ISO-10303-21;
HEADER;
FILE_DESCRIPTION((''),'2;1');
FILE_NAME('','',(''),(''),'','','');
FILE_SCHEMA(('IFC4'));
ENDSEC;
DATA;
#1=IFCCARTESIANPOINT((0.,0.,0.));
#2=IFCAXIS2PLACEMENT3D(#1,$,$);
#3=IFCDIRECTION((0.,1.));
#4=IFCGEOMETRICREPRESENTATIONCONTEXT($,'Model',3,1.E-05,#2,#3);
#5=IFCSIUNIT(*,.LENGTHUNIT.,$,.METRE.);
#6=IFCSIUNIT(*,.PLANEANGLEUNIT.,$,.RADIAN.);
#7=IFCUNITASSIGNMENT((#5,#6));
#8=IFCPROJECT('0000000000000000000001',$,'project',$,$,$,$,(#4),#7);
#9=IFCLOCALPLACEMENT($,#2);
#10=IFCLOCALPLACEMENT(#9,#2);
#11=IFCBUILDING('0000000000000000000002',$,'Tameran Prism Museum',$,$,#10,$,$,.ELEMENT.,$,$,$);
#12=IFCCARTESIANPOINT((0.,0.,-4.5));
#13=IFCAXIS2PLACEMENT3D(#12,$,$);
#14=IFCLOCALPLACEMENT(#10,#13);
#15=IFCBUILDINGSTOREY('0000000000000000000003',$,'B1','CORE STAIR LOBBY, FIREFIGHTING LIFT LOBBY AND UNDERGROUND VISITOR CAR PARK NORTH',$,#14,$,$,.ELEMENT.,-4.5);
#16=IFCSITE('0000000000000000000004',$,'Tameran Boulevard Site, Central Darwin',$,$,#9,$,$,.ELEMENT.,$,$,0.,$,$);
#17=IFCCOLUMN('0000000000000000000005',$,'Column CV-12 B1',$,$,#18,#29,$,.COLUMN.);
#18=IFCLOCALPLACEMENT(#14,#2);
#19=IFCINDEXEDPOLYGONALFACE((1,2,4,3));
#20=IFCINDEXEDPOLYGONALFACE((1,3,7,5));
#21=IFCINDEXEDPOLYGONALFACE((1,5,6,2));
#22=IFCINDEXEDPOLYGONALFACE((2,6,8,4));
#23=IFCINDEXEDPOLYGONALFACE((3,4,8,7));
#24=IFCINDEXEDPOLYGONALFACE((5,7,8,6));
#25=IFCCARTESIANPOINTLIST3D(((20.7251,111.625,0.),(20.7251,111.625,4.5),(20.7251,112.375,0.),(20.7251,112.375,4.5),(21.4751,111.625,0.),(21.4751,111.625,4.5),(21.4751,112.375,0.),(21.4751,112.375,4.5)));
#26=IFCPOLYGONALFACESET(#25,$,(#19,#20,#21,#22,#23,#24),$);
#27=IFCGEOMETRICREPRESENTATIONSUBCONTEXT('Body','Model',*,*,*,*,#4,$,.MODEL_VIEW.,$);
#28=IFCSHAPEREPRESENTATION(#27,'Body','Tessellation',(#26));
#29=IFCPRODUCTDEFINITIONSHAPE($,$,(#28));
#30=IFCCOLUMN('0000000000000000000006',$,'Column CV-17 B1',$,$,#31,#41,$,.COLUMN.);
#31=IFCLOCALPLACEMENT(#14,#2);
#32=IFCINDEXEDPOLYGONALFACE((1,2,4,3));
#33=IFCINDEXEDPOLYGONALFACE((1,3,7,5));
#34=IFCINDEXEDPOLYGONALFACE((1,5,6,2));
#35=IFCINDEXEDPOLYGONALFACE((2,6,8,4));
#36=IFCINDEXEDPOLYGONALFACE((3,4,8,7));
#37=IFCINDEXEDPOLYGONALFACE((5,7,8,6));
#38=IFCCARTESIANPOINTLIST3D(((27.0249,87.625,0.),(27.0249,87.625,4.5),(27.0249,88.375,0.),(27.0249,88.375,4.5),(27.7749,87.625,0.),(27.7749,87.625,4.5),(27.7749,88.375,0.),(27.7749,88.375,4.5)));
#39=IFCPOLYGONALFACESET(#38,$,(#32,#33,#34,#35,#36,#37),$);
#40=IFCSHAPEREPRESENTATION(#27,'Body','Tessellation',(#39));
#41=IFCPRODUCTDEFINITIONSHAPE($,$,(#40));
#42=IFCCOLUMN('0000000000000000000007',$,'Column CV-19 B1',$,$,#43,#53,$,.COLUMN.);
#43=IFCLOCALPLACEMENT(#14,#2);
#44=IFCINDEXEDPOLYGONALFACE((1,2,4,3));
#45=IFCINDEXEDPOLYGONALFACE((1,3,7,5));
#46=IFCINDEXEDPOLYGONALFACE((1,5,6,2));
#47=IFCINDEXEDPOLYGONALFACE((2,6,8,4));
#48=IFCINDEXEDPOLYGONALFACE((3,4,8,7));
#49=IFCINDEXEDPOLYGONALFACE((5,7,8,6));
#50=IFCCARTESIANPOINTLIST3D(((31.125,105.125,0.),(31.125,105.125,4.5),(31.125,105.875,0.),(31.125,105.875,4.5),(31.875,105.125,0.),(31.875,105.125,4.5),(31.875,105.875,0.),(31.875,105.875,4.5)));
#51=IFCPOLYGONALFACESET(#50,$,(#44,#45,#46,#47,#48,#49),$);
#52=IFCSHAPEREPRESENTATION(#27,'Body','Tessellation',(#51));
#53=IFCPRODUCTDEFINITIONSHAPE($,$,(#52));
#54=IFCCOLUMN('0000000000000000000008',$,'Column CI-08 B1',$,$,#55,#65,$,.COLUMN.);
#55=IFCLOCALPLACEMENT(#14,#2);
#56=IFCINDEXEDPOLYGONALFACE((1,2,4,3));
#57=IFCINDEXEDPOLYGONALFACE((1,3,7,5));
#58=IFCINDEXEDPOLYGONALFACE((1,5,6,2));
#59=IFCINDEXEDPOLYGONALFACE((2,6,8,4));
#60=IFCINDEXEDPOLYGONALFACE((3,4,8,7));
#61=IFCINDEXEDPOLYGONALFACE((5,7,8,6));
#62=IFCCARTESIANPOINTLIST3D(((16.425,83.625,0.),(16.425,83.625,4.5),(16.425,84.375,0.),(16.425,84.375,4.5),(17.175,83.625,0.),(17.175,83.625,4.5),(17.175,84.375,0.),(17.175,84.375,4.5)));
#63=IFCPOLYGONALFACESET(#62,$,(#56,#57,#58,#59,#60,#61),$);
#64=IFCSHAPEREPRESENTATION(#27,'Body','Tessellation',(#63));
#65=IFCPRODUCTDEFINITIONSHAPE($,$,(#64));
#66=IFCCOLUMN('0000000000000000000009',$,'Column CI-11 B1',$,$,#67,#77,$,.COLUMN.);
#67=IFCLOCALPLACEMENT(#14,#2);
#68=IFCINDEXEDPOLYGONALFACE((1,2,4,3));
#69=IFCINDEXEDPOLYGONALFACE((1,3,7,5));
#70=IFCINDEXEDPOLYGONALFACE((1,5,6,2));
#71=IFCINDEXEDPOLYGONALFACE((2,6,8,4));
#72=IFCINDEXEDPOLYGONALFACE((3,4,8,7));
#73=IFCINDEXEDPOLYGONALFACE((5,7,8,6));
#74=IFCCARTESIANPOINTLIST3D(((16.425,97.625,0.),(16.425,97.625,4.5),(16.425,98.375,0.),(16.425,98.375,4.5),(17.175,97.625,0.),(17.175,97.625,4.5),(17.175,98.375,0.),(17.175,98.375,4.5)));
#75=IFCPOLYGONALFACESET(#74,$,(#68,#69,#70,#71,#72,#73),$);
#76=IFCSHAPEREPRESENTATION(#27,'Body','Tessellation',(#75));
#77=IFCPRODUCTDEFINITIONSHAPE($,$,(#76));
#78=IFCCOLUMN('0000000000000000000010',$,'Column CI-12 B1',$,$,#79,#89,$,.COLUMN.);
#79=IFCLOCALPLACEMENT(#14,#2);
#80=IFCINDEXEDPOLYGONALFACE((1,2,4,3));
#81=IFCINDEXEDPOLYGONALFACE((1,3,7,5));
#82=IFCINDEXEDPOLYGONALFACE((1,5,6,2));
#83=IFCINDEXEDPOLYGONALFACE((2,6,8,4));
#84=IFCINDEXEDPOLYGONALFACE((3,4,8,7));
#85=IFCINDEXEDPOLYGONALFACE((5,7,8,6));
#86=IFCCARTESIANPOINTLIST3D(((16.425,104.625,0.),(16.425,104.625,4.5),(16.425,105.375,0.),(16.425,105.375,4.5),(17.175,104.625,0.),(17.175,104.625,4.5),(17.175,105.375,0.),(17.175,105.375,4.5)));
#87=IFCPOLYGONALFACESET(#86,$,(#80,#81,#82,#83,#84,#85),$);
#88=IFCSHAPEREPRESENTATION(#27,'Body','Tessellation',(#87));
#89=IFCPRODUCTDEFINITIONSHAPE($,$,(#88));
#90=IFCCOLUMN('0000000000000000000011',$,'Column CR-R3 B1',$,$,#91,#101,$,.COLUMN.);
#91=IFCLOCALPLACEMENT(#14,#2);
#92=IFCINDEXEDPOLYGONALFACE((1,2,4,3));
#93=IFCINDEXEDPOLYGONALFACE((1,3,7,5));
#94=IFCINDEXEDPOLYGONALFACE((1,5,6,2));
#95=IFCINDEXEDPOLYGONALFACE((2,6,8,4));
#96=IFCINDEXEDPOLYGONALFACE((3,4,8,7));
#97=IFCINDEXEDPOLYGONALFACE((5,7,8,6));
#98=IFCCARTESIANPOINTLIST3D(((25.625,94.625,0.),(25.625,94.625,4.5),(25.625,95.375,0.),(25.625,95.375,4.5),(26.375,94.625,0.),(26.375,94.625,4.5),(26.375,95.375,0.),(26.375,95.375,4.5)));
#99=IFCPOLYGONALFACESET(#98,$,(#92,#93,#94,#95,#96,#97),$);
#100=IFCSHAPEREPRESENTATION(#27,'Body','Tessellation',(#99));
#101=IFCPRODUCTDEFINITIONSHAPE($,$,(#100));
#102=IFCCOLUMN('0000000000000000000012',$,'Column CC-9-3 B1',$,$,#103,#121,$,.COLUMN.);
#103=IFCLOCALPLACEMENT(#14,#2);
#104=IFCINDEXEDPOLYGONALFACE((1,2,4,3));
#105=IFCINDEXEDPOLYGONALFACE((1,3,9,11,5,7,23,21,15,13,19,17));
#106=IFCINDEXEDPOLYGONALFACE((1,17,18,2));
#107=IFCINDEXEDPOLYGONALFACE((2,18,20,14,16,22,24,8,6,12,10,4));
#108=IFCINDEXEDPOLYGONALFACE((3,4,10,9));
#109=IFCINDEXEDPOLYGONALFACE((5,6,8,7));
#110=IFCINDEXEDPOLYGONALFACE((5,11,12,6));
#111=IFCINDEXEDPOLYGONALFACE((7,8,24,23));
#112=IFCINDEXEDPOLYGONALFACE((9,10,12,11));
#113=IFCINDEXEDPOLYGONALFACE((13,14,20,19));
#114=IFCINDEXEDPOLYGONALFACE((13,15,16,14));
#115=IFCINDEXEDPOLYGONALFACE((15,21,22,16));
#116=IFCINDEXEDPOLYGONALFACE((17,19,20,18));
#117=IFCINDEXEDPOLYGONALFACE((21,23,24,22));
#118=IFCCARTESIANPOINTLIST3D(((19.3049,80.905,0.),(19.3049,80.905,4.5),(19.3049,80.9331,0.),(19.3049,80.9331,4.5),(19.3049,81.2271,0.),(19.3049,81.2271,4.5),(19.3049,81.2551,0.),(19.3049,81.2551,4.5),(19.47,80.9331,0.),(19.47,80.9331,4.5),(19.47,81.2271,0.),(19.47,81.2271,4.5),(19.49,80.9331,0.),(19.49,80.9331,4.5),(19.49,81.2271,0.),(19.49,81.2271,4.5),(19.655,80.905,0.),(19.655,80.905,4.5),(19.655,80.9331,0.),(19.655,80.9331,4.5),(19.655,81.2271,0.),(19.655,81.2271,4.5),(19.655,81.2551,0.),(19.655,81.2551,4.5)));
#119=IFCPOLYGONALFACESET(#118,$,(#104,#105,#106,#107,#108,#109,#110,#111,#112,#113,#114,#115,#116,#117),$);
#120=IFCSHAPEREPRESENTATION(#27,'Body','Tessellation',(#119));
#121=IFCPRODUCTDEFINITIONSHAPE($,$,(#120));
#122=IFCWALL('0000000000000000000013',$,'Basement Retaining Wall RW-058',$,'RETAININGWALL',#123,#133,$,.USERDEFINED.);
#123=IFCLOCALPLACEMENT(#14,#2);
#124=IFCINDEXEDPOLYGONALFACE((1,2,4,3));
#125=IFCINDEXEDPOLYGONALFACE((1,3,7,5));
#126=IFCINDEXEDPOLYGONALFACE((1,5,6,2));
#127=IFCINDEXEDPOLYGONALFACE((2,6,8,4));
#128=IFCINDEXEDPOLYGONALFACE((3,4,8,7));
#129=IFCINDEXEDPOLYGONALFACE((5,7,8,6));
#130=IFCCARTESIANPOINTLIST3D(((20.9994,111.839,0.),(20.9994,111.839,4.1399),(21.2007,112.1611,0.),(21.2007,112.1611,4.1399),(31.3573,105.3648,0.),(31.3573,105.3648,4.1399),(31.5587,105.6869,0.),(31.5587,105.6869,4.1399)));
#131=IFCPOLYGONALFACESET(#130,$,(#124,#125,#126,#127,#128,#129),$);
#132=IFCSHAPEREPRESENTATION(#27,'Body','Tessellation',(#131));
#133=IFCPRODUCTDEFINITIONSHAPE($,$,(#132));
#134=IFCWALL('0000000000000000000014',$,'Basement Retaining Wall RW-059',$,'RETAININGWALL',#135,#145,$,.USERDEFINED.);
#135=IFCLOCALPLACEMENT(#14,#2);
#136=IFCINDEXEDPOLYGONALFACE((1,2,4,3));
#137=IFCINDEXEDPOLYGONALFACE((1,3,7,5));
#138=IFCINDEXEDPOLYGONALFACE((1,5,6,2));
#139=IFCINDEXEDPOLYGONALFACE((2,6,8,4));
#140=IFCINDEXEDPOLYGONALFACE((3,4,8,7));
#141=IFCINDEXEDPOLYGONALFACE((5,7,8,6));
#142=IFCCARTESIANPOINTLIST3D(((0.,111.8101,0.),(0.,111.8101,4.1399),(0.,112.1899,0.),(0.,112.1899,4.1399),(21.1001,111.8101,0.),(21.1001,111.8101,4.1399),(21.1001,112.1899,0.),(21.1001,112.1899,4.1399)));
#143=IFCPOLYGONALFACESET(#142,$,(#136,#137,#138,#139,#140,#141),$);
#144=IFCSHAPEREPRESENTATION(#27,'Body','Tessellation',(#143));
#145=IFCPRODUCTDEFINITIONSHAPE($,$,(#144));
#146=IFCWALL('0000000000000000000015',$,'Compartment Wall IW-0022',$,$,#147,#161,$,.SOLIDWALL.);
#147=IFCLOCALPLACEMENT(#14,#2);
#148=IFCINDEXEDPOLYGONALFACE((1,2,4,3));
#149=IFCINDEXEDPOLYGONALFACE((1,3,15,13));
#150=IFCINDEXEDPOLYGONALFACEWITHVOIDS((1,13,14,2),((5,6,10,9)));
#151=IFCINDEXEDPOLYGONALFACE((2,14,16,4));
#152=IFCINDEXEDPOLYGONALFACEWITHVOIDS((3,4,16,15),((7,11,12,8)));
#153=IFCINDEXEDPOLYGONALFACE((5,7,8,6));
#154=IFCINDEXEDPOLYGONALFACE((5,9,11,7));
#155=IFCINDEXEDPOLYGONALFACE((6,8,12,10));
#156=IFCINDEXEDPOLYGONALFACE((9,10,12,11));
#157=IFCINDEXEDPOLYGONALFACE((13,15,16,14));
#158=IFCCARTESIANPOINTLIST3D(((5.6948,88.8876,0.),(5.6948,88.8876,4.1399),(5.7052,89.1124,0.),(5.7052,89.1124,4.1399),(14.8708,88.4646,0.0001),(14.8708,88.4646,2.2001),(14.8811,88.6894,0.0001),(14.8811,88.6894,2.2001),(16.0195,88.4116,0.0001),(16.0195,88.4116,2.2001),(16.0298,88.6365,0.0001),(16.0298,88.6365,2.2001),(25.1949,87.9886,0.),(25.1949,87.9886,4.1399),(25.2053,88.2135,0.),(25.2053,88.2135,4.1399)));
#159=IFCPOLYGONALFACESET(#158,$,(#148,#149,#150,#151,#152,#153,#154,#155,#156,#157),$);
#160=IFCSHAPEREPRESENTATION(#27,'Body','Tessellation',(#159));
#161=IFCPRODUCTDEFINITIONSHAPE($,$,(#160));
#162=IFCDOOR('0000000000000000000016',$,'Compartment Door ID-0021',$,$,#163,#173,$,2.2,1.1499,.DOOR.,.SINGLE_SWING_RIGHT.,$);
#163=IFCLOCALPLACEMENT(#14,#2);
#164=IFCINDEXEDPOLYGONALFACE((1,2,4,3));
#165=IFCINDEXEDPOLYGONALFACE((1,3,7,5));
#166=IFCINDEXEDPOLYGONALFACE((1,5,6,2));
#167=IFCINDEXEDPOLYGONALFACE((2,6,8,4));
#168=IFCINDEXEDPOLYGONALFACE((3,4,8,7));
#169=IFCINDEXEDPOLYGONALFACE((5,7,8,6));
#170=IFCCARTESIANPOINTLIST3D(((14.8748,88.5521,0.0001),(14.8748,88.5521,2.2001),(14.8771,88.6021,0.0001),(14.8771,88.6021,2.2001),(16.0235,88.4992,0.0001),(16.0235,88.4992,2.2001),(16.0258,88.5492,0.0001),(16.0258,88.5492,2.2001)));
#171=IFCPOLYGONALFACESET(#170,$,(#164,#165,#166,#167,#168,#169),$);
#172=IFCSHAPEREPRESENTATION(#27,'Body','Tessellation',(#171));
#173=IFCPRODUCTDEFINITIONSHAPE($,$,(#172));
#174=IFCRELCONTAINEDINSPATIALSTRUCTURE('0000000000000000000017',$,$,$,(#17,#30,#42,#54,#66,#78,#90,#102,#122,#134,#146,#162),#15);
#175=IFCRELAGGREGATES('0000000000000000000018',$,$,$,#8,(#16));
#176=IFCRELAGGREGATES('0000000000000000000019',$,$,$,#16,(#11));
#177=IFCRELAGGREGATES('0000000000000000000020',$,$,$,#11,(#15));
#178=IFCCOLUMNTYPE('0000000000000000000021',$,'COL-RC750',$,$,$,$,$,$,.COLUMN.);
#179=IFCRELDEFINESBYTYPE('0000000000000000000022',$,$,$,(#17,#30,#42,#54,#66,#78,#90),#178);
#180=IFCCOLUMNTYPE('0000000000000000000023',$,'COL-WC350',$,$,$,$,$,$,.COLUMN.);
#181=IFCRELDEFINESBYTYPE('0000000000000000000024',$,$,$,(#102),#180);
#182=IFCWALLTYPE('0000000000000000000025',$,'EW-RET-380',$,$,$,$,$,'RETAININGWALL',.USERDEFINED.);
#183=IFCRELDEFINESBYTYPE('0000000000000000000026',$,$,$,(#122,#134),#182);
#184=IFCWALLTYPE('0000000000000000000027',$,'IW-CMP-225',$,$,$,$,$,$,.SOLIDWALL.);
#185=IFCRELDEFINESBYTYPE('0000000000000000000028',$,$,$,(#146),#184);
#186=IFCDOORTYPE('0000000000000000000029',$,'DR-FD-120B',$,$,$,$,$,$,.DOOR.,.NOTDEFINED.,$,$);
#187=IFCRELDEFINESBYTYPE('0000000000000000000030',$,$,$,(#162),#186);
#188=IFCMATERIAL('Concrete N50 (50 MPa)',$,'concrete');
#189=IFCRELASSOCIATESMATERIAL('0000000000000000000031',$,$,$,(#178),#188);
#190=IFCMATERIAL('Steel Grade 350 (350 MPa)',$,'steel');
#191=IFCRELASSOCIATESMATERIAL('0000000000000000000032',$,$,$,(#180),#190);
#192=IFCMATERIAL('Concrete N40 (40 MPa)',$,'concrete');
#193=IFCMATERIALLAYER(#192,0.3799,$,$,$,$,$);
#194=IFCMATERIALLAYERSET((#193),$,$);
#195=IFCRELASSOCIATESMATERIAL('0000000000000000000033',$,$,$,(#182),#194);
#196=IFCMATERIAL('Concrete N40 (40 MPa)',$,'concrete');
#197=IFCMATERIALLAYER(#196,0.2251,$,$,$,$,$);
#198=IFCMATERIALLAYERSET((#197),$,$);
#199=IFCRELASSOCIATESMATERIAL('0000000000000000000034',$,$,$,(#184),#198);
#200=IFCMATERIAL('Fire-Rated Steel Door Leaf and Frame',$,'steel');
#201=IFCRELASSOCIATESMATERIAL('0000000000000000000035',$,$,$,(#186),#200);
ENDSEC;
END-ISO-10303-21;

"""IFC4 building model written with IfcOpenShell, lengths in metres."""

from ifc_helpers import new_model, si_unit, direction, frame, frame_2d, origin, origin_2d, place, context, subcontext, project, spatial, rectangle, i_section, extrude, material, layer, layer_set, material_profile, profile_set, type_object, element, fill, save


model = new_model("IFC4")

# Units and contexts
model_context = context("Model", 3, precision=1e-05, world=origin(), true_north=direction((0.0, 1.0)))
body_context = subcontext(model_context, "Body", "Model", "MODEL_VIEW")
ifc_project = project(units=[si_unit("LENGTHUNIT", "METRE"), si_unit("PLANEANGLEUNIT", "RADIAN")], contexts=[model_context])

# Site, building, storey
site_placement = place(None, origin())
site = spatial("IfcSite", under=ifc_project, at=site_placement, Name="Tameran Boulevard Site, Central Darwin", CompositionType="ELEMENT", RefElevation=0.0)
building_placement = place(site_placement, origin())
building = spatial("IfcBuilding", under=site, at=building_placement, Name="Tameran Prism Museum", CompositionType="ELEMENT")
storey_placement = place(building_placement, frame((0.0, 0.0, -4.5)))
storey = spatial("IfcBuildingStorey", under=building, at=storey_placement, Name="B1", Description="CORE STAIR LOBBY, FIREFIGHTING LIFT LOBBY AND UNDERGROUND VISITOR CAR PARK NORTH", CompositionType="ELEMENT", Elevation=-4.5)

# Columns
ifc_material_1 = material(Name="Concrete N50 (50 MPa)", Category="concrete")
ifc_material_profile_1 = material_profile(ifc_material_1, rectangle(XDim=0.75, YDim=0.75, at=origin_2d()))
ifc_profile_set_1 = profile_set([ifc_material_profile_1])
column_type_1 = type_object("IfcColumnType", Name="COL-RC750", PredefinedType="COLUMN", material=ifc_profile_set_1)
for number, where, z_axis, x_axis, name in (
    (1, (21.1001, 112.0, 0.0), (0.0, 0.0, 1.0), (1.0, 0.0, 0.0), "Column CV-12 B1"),
    (2, (27.3999, 88.0, 0.0), (0.0, 0.0, 1.0), (1.0, 0.0, 0.0), "Column CV-17 B1"),
    (3, (31.5, 105.5, 0.0), (0.0, 0.0, 1.0), (1.0, 0.0, 0.0), "Column CV-19 B1"),
    (4, (16.8, 84.0, 0.0), (0.0, 0.0, 1.0), (1.0, 0.0, 0.0), "Column CI-08 B1"),
    (5, (16.8, 98.0, 0.0), (0.0, 0.0, 1.0), (1.0, 0.0, 0.0), "Column CI-11 B1"),
    (6, (16.8, 105.0, 0.0), (0.0, 0.0, 1.0), (1.0, 0.0, 0.0), "Column CI-12 B1"),
    (7, (26.0, 95.0, 0.0), (0.0, 0.0, 1.0), (1.0, 0.0, 0.0), "Column CR-R3 B1"),
):
    element("IfcColumn", number, at=place(storey_placement, frame(where, z_axis=z_axis, x_axis=x_axis)), inside=storey, type_object=column_type_1, Name=name, PredefinedType="COLUMN", context=body_context, shape_type="SweptSolid", body=[
        extrude(rectangle(XDim=0.75, YDim=0.75, at=origin_2d()), origin(), (0.0, 0.0, 1.0), 4.5),
    ])
ifc_material_2 = material(Name="Steel Grade 350 (350 MPa)", Category="steel")
ifc_material_profile_2 = material_profile(ifc_material_2, i_section(OverallWidth=0.3501, OverallDepth=0.3501, WebThickness=0.02, FlangeThickness=0.0281, at=origin_2d()))
ifc_profile_set_2 = profile_set([ifc_material_profile_2])
column_type_2 = type_object("IfcColumnType", Name="COL-WC350", PredefinedType="COLUMN", material=ifc_profile_set_2)
column_placement = place(storey_placement, frame((19.48, 81.0801, 0.0), z_axis=(0.0, 0.0, 1.0), x_axis=(1.0, 0.0, 0.0)))
element("IfcColumn", 8, at=column_placement, inside=storey, type_object=column_type_2, Name="Column CC-9-3 B1", PredefinedType="COLUMN", context=body_context, shape_type="SweptSolid", body=[
    extrude(i_section(OverallWidth=0.3501, OverallDepth=0.3501, WebThickness=0.02, FlangeThickness=0.0281, at=origin_2d()), origin(), (0.0, 0.0, 1.0), 4.5),
])

# Walls
ifc_material_3 = material(Name="Concrete N40 (40 MPa)", Category="concrete")
ifc_layer_1 = layer(ifc_material_3, 0.3799)
ifc_layer_set_1 = layer_set([ifc_layer_1])
wall_type_1 = type_object("IfcWallType", Name="EW-RET-380", ElementType="RETAININGWALL", PredefinedType="USERDEFINED", material=ifc_layer_set_1)
wall_1_placement = place(storey_placement, frame((31.458, 105.5259, 0.0), z_axis=(0.0, 0.0, 1.0), x_axis=(-0.847983, 0.530024, 0.0)))
element("IfcWall", 9, at=wall_1_placement, inside=storey, type_object=wall_type_1, Name="Basement Retaining Wall RW-058", ObjectType="RETAININGWALL", PredefinedType="USERDEFINED", context=body_context, shape_type="SweptSolid", body=[
    extrude(rectangle(XDim=12.2148, YDim=0.3799, at=frame_2d((6.1074, 0.0))), origin(), (0.0, 0.0, 1.0), 4.1399),
])
wall_2_placement = place(storey_placement, frame((21.1001, 112.0, 0.0), z_axis=(0.0, 0.0, 1.0), x_axis=(-1.0, 0.0, 0.0)))
element("IfcWall", 10, at=wall_2_placement, inside=storey, type_object=wall_type_1, Name="Basement Retaining Wall RW-059", ObjectType="RETAININGWALL", PredefinedType="USERDEFINED", context=body_context, shape_type="SweptSolid", body=[
    extrude(rectangle(XDim=21.1001, YDim=0.3799, at=frame_2d((10.55, 0.0))), origin(), (0.0, 0.0, 1.0), 4.1399),
])

# Wall, opening, door
ifc_material_4 = material(Name="Concrete N40 (40 MPa)", Category="concrete")
ifc_layer_2 = layer(ifc_material_4, 0.2251)
ifc_layer_set_2 = layer_set([ifc_layer_2])
wall_type_2 = type_object("IfcWallType", Name="IW-CMP-225", PredefinedType="SOLIDWALL", material=ifc_layer_set_2)
wall_3_placement = place(storey_placement, frame((25.2, 88.1011, 0.0), z_axis=(0.0, 0.0, 1.0), x_axis=(-0.998939, 0.04605, 0.0)))
wall_3 = element("IfcWall", 11, at=wall_3_placement, inside=storey, type_object=wall_type_2, Name="Compartment Wall IW-0022", PredefinedType="SOLIDWALL", context=body_context, shape_type="SweptSolid", body=[
    extrude(rectangle(XDim=19.5208, YDim=0.2251, at=frame_2d((9.7603, 0.0))), origin(), (0.0, 0.0, 1.0), 4.1399),
])
opening_1_placement = place(wall_3_placement, frame((9.1851, 0.0, 0.0)))
opening_1 = element("IfcOpeningElement", 12, at=opening_1_placement, cuts=wall_3, PredefinedType="OPENING", context=body_context, shape_type="SweptSolid", body=[
    extrude(rectangle(XDim=1.1499, YDim=2.2, at=frame_2d((0.575, 1.1001))), frame((0.0, 0.1226, 0.0), z_axis=(0.0, -1.0, 0.0), x_axis=(1.0, 0.0, 0.0)), (0.0, 0.0, 1.0), 0.2451),
])
ifc_material_5 = material(Name="Fire-Rated Steel Door Leaf and Frame", Category="steel")
door_type_1 = type_object("IfcDoorType", Name="DR-FD-120B", OperationType="NOTDEFINED", PredefinedType="DOOR", material=ifc_material_5)
door_1_placement = place(opening_1_placement, origin())
door_1 = element("IfcDoor", 13, at=door_1_placement, inside=storey, type_object=door_type_1, Name="Compartment Door ID-0021", OperationType="SINGLE_SWING_RIGHT", OverallHeight=2.2, OverallWidth=1.1499, PredefinedType="DOOR", context=body_context, shape_type="SweptSolid", body=[
    extrude(rectangle(XDim=1.1499, YDim=2.2, at=frame_2d((0.575, 1.1001))), frame((0.0, 0.0249, 0.0), z_axis=(0.0, -1.0, 0.0), x_axis=(1.0, 0.0, 0.0)), (0.0, 0.0, 1.0), 0.05),
])
fill(opening_1, door_1)

save(model, "model.ifc")
